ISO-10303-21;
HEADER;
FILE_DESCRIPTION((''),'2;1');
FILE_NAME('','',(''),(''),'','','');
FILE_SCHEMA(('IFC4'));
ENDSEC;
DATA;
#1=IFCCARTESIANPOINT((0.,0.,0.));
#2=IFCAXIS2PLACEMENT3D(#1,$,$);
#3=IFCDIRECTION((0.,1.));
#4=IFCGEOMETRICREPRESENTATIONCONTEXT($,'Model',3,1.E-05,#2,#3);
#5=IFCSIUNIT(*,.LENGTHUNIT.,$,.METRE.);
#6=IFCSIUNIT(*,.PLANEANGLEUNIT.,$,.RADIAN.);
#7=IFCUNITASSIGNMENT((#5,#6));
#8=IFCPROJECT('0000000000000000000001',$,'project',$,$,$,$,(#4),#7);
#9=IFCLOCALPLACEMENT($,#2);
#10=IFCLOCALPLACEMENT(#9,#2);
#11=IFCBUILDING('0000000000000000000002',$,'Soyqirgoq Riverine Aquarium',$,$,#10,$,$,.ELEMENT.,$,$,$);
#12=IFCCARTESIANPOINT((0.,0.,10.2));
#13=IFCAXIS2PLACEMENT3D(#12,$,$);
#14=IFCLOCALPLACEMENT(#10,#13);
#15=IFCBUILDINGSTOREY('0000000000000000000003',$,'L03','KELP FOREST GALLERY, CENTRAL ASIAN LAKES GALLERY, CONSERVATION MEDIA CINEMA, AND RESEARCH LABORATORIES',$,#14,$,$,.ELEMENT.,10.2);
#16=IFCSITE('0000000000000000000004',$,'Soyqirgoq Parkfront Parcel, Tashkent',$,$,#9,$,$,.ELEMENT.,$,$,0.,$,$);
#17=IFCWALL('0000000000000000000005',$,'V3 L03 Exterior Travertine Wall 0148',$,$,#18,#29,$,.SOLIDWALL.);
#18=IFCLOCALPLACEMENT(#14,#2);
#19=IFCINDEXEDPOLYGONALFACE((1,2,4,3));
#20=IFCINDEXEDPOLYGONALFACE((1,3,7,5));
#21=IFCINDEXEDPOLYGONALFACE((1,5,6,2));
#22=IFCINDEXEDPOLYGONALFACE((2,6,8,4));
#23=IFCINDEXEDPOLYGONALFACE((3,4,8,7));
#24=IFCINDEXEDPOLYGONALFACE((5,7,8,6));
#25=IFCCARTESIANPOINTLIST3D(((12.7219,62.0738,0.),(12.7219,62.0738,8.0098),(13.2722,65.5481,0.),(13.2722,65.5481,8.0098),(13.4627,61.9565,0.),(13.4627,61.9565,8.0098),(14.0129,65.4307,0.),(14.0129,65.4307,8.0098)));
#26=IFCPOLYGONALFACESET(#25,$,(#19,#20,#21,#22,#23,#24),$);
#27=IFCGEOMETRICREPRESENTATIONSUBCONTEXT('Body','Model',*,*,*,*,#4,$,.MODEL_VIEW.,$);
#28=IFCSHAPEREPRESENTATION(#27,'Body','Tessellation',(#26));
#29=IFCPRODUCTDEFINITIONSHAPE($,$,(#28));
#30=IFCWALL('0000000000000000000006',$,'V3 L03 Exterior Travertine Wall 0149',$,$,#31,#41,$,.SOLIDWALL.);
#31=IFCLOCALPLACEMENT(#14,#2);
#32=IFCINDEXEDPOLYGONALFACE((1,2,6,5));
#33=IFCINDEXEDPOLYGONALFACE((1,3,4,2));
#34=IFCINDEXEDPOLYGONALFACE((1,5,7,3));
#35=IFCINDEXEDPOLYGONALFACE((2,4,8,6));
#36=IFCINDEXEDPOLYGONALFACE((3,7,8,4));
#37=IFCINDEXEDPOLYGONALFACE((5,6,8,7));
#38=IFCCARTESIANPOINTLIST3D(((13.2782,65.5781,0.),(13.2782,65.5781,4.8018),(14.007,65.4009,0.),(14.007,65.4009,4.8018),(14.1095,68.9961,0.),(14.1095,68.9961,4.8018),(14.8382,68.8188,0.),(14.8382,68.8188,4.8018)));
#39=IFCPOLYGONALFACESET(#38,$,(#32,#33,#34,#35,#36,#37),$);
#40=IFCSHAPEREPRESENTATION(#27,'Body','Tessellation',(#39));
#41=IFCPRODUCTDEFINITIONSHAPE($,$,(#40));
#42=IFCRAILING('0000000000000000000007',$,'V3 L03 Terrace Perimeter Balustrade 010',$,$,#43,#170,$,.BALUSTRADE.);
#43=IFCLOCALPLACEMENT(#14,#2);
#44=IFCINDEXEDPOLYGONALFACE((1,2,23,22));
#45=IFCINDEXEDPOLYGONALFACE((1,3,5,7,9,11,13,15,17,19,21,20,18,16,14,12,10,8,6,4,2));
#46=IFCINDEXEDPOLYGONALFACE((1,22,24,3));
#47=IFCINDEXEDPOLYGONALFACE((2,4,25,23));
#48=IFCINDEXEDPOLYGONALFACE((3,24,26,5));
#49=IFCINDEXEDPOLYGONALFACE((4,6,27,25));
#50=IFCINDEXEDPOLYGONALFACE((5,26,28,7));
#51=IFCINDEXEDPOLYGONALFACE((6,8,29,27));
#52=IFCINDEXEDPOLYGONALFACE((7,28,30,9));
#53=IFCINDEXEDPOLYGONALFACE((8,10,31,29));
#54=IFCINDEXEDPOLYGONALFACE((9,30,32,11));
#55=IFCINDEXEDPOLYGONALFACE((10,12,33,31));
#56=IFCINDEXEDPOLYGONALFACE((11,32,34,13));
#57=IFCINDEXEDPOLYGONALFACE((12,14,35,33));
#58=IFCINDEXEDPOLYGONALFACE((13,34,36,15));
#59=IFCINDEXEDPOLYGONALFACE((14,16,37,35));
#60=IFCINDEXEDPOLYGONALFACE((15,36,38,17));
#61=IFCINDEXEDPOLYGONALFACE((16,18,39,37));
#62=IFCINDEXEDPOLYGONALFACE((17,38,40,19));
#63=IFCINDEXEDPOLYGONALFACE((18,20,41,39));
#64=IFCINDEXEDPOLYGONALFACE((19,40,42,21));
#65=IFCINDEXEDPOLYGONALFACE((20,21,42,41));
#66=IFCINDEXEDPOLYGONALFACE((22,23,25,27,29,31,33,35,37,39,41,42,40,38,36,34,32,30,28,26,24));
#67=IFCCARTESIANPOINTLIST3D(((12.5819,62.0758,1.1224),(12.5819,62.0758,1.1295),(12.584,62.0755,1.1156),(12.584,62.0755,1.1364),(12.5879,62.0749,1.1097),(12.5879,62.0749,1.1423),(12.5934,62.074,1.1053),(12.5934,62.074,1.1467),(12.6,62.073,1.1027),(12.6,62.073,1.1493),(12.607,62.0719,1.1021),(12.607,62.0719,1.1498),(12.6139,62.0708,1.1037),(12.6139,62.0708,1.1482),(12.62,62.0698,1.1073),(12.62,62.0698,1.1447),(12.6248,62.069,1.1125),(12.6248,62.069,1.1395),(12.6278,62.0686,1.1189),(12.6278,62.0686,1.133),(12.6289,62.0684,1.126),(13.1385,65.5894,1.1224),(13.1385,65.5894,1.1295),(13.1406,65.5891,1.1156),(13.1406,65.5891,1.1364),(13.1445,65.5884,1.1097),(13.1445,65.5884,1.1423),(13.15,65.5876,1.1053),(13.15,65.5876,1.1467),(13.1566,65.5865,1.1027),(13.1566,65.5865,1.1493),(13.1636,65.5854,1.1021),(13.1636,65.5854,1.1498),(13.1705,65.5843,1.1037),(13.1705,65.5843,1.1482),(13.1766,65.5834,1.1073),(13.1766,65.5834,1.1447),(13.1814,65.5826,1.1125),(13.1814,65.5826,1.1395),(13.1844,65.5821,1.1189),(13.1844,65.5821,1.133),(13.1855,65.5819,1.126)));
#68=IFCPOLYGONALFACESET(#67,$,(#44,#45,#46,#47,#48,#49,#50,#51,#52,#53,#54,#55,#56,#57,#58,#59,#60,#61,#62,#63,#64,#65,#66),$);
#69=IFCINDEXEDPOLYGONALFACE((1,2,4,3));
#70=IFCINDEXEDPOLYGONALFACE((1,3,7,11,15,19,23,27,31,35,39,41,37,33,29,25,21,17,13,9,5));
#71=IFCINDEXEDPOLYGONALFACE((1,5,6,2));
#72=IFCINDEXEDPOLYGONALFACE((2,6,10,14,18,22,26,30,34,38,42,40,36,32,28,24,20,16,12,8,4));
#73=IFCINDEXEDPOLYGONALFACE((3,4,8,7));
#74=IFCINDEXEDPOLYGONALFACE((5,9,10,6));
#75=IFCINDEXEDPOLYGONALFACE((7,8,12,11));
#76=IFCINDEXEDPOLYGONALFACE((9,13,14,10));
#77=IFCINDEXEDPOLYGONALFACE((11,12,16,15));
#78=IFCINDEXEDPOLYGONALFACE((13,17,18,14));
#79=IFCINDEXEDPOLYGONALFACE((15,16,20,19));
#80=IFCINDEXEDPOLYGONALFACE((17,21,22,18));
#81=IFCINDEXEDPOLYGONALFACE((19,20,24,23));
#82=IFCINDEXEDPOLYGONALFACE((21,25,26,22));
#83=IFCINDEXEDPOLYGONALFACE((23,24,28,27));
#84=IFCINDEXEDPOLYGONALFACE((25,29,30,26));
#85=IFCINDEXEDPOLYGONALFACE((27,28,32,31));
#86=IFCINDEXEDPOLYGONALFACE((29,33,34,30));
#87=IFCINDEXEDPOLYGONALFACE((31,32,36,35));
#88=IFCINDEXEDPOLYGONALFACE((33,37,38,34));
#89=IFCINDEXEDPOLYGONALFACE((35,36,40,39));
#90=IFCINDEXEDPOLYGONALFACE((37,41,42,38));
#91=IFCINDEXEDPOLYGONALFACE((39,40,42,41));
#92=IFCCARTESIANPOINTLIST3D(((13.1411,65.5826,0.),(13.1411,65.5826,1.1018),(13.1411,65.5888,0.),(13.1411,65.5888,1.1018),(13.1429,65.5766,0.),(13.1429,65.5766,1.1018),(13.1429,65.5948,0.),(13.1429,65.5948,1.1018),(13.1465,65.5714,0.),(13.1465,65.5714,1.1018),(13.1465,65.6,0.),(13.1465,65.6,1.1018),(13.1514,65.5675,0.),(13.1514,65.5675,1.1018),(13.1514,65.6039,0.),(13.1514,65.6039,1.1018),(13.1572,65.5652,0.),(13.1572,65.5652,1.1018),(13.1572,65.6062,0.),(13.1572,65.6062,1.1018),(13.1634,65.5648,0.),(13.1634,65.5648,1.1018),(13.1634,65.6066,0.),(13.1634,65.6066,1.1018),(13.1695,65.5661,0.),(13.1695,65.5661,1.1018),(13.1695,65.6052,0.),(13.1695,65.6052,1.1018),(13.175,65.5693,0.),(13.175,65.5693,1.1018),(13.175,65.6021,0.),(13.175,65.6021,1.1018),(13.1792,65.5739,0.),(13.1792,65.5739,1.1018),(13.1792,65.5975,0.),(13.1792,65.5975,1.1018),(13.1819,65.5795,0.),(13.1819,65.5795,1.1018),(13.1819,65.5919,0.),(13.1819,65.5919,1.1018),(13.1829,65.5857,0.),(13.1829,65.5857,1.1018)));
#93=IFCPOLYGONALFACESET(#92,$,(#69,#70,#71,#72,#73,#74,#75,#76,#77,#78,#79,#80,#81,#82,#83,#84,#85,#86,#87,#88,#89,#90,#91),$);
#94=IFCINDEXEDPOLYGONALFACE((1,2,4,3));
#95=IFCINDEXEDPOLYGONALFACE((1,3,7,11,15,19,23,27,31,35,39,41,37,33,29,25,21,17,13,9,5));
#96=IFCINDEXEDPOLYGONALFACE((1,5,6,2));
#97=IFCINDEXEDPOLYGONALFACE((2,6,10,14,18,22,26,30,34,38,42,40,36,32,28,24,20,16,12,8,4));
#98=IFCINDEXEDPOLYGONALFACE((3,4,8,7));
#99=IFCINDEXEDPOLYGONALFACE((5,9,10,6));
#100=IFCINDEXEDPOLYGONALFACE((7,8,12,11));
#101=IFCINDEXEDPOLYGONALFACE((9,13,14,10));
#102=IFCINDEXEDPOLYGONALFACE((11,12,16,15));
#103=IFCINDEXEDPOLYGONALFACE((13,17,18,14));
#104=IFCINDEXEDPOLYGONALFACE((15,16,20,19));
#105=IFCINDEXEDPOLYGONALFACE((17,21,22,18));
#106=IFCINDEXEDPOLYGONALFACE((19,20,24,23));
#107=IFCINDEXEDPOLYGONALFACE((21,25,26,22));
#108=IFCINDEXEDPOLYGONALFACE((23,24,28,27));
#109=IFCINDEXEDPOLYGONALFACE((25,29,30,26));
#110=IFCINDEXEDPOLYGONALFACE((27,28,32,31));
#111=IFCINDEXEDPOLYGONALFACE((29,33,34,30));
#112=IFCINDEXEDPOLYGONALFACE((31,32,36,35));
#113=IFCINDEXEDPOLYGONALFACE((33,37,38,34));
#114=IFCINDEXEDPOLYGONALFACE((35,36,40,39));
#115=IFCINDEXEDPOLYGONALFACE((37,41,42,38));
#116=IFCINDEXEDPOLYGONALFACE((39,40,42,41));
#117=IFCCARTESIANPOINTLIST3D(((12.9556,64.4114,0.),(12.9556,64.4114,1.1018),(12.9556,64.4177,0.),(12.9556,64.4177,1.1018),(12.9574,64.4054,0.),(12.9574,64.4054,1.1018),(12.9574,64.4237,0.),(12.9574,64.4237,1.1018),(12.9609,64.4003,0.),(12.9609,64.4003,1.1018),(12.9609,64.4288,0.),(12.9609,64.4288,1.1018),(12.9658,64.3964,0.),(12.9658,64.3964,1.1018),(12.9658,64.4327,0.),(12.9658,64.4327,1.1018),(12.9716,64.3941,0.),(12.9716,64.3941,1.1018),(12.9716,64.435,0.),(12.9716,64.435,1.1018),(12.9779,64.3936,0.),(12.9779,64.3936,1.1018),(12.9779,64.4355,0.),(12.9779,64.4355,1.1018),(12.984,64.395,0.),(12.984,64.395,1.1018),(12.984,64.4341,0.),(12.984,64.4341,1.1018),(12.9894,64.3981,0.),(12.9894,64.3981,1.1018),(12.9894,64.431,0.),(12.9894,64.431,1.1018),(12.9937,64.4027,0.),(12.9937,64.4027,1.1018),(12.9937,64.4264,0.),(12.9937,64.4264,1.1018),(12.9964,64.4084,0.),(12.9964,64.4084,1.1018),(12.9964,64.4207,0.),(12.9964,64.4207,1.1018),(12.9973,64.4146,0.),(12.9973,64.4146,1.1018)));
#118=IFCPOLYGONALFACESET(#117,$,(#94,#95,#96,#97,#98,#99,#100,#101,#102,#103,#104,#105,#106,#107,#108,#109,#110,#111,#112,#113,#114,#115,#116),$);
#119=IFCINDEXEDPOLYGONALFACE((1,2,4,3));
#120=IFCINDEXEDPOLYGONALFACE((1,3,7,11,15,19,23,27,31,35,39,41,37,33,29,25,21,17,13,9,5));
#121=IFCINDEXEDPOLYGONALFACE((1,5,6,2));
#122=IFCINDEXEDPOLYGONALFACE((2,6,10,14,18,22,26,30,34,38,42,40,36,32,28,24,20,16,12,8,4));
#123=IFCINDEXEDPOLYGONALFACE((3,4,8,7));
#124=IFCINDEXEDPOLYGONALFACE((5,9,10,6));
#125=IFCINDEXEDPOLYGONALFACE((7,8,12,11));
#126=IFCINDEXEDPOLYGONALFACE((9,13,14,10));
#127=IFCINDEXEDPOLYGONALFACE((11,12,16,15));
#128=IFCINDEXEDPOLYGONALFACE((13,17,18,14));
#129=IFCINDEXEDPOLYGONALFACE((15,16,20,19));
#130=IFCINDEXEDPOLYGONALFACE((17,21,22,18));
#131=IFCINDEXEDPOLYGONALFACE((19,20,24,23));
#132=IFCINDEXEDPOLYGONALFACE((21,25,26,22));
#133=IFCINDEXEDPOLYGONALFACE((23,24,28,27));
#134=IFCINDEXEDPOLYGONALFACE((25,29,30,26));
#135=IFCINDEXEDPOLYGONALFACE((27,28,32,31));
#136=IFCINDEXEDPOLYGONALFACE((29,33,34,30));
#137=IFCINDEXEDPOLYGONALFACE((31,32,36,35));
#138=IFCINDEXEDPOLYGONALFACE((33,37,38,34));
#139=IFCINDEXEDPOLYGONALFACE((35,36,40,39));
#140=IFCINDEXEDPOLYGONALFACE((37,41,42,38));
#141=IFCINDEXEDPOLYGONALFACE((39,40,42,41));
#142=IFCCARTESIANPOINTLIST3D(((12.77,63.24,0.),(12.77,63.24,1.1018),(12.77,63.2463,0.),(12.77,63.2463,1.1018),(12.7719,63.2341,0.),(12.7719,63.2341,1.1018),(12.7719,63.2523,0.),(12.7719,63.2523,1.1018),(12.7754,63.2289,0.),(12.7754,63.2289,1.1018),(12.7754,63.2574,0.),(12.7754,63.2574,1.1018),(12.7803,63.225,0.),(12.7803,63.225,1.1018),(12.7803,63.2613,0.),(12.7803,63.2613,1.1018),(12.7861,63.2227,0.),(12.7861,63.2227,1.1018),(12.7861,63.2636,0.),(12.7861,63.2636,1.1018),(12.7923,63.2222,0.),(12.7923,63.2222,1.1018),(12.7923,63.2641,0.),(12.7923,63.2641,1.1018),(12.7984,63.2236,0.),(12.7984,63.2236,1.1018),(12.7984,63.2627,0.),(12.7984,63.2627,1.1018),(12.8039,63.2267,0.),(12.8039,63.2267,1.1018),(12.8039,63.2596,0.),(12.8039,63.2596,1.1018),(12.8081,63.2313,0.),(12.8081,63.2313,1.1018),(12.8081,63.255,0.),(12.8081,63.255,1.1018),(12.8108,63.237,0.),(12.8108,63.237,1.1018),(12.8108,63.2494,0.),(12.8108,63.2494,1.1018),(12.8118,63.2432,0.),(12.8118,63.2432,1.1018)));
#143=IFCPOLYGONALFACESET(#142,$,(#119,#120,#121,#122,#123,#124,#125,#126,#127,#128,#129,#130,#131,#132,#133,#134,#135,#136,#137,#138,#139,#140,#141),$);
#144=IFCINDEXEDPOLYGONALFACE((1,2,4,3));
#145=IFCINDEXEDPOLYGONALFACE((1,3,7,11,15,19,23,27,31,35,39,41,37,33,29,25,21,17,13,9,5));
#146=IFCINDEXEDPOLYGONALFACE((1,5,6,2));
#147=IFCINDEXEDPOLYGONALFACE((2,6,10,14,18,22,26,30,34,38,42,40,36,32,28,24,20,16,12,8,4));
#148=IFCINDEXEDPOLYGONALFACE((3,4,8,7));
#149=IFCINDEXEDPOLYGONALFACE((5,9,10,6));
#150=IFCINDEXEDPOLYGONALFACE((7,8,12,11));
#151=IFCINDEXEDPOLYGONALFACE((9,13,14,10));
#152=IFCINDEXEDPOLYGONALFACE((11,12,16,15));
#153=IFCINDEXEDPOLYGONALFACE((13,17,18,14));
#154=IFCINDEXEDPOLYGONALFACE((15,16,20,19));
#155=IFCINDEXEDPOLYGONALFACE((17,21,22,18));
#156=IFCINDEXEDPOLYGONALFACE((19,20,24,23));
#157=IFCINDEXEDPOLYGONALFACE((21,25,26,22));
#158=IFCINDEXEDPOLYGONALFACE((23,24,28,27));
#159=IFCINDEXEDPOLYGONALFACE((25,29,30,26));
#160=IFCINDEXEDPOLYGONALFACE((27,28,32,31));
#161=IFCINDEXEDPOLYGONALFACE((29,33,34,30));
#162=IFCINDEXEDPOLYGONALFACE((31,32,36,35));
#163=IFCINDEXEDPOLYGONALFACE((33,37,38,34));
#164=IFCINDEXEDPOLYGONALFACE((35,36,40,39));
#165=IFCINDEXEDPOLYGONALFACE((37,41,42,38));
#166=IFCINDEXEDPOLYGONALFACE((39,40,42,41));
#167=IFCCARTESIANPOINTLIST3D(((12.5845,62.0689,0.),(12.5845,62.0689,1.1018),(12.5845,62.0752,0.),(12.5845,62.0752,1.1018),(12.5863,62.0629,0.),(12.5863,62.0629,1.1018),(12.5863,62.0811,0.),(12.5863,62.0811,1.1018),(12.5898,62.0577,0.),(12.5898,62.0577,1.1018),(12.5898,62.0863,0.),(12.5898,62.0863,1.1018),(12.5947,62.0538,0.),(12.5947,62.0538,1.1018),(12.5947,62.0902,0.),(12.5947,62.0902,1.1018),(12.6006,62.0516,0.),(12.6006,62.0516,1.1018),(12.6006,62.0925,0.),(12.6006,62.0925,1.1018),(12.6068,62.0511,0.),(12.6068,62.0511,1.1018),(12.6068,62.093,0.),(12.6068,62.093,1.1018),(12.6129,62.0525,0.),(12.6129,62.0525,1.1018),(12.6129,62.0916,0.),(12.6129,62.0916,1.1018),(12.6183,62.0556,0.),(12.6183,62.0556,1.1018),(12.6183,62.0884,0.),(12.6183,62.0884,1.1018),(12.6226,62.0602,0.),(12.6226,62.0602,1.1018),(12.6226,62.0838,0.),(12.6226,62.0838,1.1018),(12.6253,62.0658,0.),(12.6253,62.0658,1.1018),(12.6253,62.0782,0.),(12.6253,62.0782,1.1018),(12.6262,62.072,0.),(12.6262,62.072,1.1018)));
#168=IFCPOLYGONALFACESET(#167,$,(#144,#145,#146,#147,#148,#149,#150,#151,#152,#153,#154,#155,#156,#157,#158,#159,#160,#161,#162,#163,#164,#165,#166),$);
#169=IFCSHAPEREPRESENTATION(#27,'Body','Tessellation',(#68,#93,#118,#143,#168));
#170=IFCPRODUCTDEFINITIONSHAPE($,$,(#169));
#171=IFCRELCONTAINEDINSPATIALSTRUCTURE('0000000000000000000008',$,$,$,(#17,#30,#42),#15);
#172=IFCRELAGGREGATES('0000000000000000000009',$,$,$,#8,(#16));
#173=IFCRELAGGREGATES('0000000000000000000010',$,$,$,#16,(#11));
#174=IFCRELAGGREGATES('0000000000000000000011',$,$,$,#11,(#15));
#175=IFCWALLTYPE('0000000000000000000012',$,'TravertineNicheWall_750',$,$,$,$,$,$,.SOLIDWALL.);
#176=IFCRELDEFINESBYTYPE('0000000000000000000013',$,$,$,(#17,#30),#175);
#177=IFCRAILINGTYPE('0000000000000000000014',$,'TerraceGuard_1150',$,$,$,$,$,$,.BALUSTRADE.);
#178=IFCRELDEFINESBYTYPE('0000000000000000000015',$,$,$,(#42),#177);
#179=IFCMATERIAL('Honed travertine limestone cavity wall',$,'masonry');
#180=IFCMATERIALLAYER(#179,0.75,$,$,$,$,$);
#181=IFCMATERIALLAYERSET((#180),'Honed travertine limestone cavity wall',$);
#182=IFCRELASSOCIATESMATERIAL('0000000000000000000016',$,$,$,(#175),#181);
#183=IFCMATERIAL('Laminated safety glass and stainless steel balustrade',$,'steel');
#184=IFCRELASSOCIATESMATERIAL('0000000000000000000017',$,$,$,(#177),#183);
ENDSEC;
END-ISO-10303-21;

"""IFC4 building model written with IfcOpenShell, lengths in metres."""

from ifc_helpers import new_model, si_unit, direction, frame, frame_2d, origin, origin_2d, place, context, subcontext, project, spatial, rectangle, circle, extrude, material, layer, layer_set, type_object, element, save


model = new_model("IFC4")

# Units and contexts
model_context = context("Model", 3, precision=1e-05, world=origin(), true_north=direction((0.0, 1.0)))
body_context = subcontext(model_context, "Body", "Model", "MODEL_VIEW")
ifc_project = project(units=[si_unit("LENGTHUNIT", "METRE"), si_unit("PLANEANGLEUNIT", "RADIAN")], contexts=[model_context])

# Site, building, storey
site_placement = place(None, origin())
site = spatial("IfcSite", under=ifc_project, at=site_placement, Name="Soyqirgoq Parkfront Parcel, Tashkent", CompositionType="ELEMENT", RefElevation=0.0)
building_placement = place(site_placement, origin())
building = spatial("IfcBuilding", under=site, at=building_placement, Name="Soyqirgoq Riverine Aquarium", CompositionType="ELEMENT")
storey_placement = place(building_placement, frame((0.0, 0.0, 10.2)))
storey = spatial("IfcBuildingStorey", under=building, at=storey_placement, Name="L03", Description="KELP FOREST GALLERY, CENTRAL ASIAN LAKES GALLERY, CONSERVATION MEDIA CINEMA, AND RESEARCH LABORATORIES", CompositionType="ELEMENT", Elevation=10.2)

# Walls
ifc_material_1 = material(Name="Honed travertine limestone cavity wall", Category="masonry")
ifc_layer_1 = layer(ifc_material_1, 0.75)
ifc_layer_set_1 = layer_set([ifc_layer_1], Name="Honed travertine limestone cavity wall")
wall_type_1 = type_object("IfcWallType", Name="TravertineNicheWall_750", PredefinedType="SOLIDWALL", material=ifc_layer_set_1)
wall_1_placement = place(storey_placement, frame((13.0923, 62.0151, 0.0), z_axis=(0.0, 0.0, 1.0), x_axis=(0.156437, 0.987688, 0.0)))
element("IfcWall", 1, at=wall_1_placement, inside=storey, type_object=wall_type_1, Name="V3 L03 Exterior Travertine Wall 0148", PredefinedType="SOLIDWALL", context=body_context, shape_type="SweptSolid", body=[
    extrude(rectangle(XDim=3.5176, YDim=0.75, at=frame_2d((1.7588, 0.0))), origin(), (0.0, 0.0, 1.0), 8.0098),
])
wall_2_placement = place(storey_placement, frame((13.6426, 65.4895, 0.0), z_axis=(0.0, 0.0, 1.0), x_axis=(0.236325, 0.971674, 0.0)))
element("IfcWall", 2, at=wall_2_placement, inside=storey, type_object=wall_type_1, Name="V3 L03 Exterior Travertine Wall 0149", PredefinedType="SOLIDWALL", context=body_context, shape_type="SweptSolid", body=[
    extrude(rectangle(XDim=3.5176, YDim=0.75, at=frame_2d((1.7588, 0.0))), origin(), (0.0, 0.0, 1.0), 4.8018),
])

# Railing
ifc_material_2 = material(Name="Laminated safety glass and stainless steel balustrade", Category="steel")
railing_type = type_object("IfcRailingType", Name="TerraceGuard_1150", PredefinedType="BALUSTRADE", material=ifc_material_2)
railing_1_placement = place(storey_placement, frame((13.1619, 65.5857, 0.0)))
element("IfcRailing", 3, at=railing_1_placement, inside=storey, type_object=railing_type, Name="V3 L03 Terrace Perimeter Balustrade 010", PredefinedType="BALUSTRADE", context=body_context, shape_type="SweptSolid", body=[
    extrude(circle(Radius=0.0239, at=origin_2d()), frame((0.0, 0.0, 1.126), z_axis=(-0.15647, -0.987683, 0.0), x_axis=(0.987683, -0.15647, 0.0)), (0.0, 0.0, 1.0), 3.5574),
    extrude(circle(Radius=0.021, at=origin_2d()), origin(), (0.0, 0.0, 1.0), 1.1018),
    extrude(circle(Radius=0.021, at=origin_2d()), frame((-0.1855, -1.1711, 0.0)), (0.0, 0.0, 1.0), 1.1018),
    extrude(circle(Radius=0.021, at=origin_2d()), frame((-0.3711, -2.3425, 0.0)), (0.0, 0.0, 1.0), 1.1018),
    extrude(circle(Radius=0.021, at=origin_2d()), frame((-0.5566, -3.5137, 0.0)), (0.0, 0.0, 1.0), 1.1018),
])

save(model, "model.ifc")
